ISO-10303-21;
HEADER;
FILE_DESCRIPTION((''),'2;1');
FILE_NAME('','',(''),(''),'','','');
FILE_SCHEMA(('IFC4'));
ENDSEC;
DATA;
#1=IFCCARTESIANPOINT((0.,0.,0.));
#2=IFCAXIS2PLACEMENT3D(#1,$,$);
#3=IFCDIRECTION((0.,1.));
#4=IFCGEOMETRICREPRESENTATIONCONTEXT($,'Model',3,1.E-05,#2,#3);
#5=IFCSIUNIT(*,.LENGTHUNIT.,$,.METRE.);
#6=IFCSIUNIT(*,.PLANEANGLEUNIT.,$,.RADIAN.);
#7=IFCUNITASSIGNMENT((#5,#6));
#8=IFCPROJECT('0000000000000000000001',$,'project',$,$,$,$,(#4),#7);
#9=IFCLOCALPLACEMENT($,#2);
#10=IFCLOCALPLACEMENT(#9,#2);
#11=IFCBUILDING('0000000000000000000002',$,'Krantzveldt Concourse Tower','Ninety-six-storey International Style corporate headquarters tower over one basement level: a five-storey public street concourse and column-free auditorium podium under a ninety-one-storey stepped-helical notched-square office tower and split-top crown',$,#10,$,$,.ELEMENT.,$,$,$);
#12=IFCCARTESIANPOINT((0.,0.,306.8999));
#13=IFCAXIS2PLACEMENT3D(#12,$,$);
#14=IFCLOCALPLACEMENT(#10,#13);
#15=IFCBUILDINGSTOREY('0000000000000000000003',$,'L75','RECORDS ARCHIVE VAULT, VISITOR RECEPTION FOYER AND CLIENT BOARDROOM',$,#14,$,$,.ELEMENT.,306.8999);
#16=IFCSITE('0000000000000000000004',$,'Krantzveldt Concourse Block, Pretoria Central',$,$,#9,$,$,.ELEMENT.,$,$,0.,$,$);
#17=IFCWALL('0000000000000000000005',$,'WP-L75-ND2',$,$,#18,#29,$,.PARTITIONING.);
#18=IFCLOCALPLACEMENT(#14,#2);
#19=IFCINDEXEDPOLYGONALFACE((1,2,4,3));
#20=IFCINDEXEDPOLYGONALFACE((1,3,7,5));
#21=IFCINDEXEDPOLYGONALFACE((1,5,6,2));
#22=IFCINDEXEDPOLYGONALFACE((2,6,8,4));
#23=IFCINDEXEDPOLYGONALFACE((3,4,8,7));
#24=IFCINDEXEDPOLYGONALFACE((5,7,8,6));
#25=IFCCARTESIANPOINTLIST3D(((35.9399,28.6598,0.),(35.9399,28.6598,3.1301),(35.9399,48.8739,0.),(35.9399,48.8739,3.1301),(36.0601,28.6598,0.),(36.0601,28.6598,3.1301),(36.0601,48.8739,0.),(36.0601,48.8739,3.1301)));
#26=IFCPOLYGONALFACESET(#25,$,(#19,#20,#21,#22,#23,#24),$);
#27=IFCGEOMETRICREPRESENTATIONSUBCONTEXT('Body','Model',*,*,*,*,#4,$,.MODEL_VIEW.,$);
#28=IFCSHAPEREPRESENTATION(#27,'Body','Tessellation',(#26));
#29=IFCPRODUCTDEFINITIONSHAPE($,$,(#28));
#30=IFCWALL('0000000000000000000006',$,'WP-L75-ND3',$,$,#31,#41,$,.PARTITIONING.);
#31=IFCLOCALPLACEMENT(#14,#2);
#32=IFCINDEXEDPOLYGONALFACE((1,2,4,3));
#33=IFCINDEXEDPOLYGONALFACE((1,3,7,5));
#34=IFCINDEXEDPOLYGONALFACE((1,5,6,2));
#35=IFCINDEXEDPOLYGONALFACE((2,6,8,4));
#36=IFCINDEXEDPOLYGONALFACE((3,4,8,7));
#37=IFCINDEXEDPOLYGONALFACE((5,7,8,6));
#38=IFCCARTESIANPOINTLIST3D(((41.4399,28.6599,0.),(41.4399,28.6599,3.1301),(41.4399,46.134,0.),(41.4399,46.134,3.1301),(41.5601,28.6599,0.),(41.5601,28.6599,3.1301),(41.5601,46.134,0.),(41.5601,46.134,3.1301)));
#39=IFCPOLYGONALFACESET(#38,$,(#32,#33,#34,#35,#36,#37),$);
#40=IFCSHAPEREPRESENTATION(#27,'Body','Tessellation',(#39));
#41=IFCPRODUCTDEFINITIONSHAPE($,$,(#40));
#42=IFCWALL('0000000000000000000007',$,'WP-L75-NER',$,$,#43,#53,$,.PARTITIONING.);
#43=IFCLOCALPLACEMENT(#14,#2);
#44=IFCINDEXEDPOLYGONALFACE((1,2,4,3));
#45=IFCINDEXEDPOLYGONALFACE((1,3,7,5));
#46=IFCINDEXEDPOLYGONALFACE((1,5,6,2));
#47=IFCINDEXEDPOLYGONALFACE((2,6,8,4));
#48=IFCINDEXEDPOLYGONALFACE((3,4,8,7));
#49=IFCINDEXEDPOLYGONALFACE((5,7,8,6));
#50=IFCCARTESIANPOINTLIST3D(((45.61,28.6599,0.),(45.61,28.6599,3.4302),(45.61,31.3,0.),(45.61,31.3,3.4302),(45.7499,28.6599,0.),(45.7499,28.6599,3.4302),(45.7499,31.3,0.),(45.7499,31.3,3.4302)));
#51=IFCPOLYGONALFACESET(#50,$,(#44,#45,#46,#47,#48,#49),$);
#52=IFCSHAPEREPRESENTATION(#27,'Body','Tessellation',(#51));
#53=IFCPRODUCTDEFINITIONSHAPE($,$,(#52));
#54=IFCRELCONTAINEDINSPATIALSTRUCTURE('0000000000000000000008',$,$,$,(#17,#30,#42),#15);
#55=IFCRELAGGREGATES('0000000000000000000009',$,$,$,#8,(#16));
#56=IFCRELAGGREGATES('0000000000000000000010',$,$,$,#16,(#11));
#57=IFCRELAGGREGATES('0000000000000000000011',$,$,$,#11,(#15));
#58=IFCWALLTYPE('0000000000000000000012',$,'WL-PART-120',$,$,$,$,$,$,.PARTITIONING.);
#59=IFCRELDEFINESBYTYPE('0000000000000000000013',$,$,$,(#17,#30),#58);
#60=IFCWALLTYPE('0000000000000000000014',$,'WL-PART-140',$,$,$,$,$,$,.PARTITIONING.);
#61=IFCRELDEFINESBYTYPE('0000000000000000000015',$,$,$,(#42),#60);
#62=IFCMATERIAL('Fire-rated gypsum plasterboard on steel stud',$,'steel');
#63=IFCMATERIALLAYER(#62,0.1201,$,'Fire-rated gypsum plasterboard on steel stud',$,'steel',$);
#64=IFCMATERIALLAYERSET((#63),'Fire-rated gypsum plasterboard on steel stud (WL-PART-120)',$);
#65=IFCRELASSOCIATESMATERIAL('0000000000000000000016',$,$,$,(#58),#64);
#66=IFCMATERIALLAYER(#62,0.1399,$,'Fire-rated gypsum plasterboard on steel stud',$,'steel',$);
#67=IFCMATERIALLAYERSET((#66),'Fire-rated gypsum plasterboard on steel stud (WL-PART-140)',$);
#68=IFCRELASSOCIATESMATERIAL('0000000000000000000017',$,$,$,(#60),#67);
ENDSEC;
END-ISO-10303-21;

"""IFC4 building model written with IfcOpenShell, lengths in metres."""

from ifc_helpers import new_model, si_unit, direction, frame, frame_2d, origin, place, context, subcontext, project, spatial, rectangle, extrude, material, layer, layer_set, type_object, element, save


model = new_model("IFC4")

# Units and contexts
model_context = context("Model", 3, precision=1e-05, world=origin(), true_north=direction((0.0, 1.0)))
body_context = subcontext(model_context, "Body", "Model", "MODEL_VIEW")
ifc_project = project(units=[si_unit("LENGTHUNIT", "METRE"), si_unit("PLANEANGLEUNIT", "RADIAN")], contexts=[model_context])

# Site, building, storey
site_placement = place(None, origin())
site = spatial("IfcSite", under=ifc_project, at=site_placement, Name="Krantzveldt Concourse Block, Pretoria Central", CompositionType="ELEMENT", RefElevation=0.0)
building_placement = place(site_placement, origin())
building = spatial("IfcBuilding", under=site, at=building_placement, Name="Krantzveldt Concourse Tower", Description="Ninety-six-storey International Style corporate headquarters tower over one basement level: a five-storey public street concourse and column-free auditorium podium under a ninety-one-storey stepped-helical notched-square office tower and split-top crown", CompositionType="ELEMENT")
storey_placement = place(building_placement, frame((0.0, 0.0, 306.8999)))
storey = spatial("IfcBuildingStorey", under=building, at=storey_placement, Name="L75", Description="RECORDS ARCHIVE VAULT, VISITOR RECEPTION FOYER AND CLIENT BOARDROOM", CompositionType="ELEMENT", Elevation=306.8999)

# Walls
ifc_material_1 = material(Name="Fire-rated gypsum plasterboard on steel stud", Category="steel")
ifc_layer_1 = layer(ifc_material_1, 0.1201, Name="Fire-rated gypsum plasterboard on steel stud", Category="steel")
ifc_layer_set_1 = layer_set([ifc_layer_1], Name="Fire-rated gypsum plasterboard on steel stud (WL-PART-120)")
wall_type_1 = type_object("IfcWallType", Name="WL-PART-120", PredefinedType="PARTITIONING", material=ifc_layer_set_1)
wall_1_placement = place(storey_placement, frame((36.0, 28.6599, 0.0), z_axis=(0.0, 0.0, 1.0), x_axis=(0.0, 1.0, 0.0)))
element("IfcWall", 1, at=wall_1_placement, inside=storey, type_object=wall_type_1, Name="WP-L75-ND2", PredefinedType="PARTITIONING", context=body_context, shape_type="SweptSolid", body=[
    extrude(rectangle(XDim=20.2141, YDim=0.1201, at=frame_2d((10.1069, 0.0))), origin(), (0.0, 0.0, 1.0), 3.1301),
])
wall_2_placement = place(storey_placement, frame((41.5, 28.6599, 0.0), z_axis=(0.0, 0.0, 1.0), x_axis=(0.0, 1.0, 0.0)))
element("IfcWall", 2, at=wall_2_placement, inside=storey, type_object=wall_type_1, Name="WP-L75-ND3", PredefinedType="PARTITIONING", context=body_context, shape_type="SweptSolid", body=[
    extrude(rectangle(XDim=17.4741, YDim=0.1201, at=frame_2d((8.7371, 0.0))), origin(), (0.0, 0.0, 1.0), 3.1301),
])
ifc_layer_2 = layer(ifc_material_1, 0.1399, Name="Fire-rated gypsum plasterboard on steel stud", Category="steel")
ifc_layer_set_2 = layer_set([ifc_layer_2], Name="Fire-rated gypsum plasterboard on steel stud (WL-PART-140)")
wall_type_2 = type_object("IfcWallType", Name="WL-PART-140", PredefinedType="PARTITIONING", material=ifc_layer_set_2)
wall_3_placement = place(storey_placement, frame((45.6799, 28.6599, 0.0), z_axis=(0.0, 0.0, 1.0), x_axis=(0.0, 1.0, 0.0)))
element("IfcWall", 3, at=wall_3_placement, inside=storey, type_object=wall_type_2, Name="WP-L75-NER", PredefinedType="PARTITIONING", context=body_context, shape_type="SweptSolid", body=[
    extrude(rectangle(XDim=2.6401, YDim=0.1399, at=frame_2d((1.3201, 0.0))), origin(), (0.0, 0.0, 1.0), 3.4302),
])

save(model, "model.ifc")
